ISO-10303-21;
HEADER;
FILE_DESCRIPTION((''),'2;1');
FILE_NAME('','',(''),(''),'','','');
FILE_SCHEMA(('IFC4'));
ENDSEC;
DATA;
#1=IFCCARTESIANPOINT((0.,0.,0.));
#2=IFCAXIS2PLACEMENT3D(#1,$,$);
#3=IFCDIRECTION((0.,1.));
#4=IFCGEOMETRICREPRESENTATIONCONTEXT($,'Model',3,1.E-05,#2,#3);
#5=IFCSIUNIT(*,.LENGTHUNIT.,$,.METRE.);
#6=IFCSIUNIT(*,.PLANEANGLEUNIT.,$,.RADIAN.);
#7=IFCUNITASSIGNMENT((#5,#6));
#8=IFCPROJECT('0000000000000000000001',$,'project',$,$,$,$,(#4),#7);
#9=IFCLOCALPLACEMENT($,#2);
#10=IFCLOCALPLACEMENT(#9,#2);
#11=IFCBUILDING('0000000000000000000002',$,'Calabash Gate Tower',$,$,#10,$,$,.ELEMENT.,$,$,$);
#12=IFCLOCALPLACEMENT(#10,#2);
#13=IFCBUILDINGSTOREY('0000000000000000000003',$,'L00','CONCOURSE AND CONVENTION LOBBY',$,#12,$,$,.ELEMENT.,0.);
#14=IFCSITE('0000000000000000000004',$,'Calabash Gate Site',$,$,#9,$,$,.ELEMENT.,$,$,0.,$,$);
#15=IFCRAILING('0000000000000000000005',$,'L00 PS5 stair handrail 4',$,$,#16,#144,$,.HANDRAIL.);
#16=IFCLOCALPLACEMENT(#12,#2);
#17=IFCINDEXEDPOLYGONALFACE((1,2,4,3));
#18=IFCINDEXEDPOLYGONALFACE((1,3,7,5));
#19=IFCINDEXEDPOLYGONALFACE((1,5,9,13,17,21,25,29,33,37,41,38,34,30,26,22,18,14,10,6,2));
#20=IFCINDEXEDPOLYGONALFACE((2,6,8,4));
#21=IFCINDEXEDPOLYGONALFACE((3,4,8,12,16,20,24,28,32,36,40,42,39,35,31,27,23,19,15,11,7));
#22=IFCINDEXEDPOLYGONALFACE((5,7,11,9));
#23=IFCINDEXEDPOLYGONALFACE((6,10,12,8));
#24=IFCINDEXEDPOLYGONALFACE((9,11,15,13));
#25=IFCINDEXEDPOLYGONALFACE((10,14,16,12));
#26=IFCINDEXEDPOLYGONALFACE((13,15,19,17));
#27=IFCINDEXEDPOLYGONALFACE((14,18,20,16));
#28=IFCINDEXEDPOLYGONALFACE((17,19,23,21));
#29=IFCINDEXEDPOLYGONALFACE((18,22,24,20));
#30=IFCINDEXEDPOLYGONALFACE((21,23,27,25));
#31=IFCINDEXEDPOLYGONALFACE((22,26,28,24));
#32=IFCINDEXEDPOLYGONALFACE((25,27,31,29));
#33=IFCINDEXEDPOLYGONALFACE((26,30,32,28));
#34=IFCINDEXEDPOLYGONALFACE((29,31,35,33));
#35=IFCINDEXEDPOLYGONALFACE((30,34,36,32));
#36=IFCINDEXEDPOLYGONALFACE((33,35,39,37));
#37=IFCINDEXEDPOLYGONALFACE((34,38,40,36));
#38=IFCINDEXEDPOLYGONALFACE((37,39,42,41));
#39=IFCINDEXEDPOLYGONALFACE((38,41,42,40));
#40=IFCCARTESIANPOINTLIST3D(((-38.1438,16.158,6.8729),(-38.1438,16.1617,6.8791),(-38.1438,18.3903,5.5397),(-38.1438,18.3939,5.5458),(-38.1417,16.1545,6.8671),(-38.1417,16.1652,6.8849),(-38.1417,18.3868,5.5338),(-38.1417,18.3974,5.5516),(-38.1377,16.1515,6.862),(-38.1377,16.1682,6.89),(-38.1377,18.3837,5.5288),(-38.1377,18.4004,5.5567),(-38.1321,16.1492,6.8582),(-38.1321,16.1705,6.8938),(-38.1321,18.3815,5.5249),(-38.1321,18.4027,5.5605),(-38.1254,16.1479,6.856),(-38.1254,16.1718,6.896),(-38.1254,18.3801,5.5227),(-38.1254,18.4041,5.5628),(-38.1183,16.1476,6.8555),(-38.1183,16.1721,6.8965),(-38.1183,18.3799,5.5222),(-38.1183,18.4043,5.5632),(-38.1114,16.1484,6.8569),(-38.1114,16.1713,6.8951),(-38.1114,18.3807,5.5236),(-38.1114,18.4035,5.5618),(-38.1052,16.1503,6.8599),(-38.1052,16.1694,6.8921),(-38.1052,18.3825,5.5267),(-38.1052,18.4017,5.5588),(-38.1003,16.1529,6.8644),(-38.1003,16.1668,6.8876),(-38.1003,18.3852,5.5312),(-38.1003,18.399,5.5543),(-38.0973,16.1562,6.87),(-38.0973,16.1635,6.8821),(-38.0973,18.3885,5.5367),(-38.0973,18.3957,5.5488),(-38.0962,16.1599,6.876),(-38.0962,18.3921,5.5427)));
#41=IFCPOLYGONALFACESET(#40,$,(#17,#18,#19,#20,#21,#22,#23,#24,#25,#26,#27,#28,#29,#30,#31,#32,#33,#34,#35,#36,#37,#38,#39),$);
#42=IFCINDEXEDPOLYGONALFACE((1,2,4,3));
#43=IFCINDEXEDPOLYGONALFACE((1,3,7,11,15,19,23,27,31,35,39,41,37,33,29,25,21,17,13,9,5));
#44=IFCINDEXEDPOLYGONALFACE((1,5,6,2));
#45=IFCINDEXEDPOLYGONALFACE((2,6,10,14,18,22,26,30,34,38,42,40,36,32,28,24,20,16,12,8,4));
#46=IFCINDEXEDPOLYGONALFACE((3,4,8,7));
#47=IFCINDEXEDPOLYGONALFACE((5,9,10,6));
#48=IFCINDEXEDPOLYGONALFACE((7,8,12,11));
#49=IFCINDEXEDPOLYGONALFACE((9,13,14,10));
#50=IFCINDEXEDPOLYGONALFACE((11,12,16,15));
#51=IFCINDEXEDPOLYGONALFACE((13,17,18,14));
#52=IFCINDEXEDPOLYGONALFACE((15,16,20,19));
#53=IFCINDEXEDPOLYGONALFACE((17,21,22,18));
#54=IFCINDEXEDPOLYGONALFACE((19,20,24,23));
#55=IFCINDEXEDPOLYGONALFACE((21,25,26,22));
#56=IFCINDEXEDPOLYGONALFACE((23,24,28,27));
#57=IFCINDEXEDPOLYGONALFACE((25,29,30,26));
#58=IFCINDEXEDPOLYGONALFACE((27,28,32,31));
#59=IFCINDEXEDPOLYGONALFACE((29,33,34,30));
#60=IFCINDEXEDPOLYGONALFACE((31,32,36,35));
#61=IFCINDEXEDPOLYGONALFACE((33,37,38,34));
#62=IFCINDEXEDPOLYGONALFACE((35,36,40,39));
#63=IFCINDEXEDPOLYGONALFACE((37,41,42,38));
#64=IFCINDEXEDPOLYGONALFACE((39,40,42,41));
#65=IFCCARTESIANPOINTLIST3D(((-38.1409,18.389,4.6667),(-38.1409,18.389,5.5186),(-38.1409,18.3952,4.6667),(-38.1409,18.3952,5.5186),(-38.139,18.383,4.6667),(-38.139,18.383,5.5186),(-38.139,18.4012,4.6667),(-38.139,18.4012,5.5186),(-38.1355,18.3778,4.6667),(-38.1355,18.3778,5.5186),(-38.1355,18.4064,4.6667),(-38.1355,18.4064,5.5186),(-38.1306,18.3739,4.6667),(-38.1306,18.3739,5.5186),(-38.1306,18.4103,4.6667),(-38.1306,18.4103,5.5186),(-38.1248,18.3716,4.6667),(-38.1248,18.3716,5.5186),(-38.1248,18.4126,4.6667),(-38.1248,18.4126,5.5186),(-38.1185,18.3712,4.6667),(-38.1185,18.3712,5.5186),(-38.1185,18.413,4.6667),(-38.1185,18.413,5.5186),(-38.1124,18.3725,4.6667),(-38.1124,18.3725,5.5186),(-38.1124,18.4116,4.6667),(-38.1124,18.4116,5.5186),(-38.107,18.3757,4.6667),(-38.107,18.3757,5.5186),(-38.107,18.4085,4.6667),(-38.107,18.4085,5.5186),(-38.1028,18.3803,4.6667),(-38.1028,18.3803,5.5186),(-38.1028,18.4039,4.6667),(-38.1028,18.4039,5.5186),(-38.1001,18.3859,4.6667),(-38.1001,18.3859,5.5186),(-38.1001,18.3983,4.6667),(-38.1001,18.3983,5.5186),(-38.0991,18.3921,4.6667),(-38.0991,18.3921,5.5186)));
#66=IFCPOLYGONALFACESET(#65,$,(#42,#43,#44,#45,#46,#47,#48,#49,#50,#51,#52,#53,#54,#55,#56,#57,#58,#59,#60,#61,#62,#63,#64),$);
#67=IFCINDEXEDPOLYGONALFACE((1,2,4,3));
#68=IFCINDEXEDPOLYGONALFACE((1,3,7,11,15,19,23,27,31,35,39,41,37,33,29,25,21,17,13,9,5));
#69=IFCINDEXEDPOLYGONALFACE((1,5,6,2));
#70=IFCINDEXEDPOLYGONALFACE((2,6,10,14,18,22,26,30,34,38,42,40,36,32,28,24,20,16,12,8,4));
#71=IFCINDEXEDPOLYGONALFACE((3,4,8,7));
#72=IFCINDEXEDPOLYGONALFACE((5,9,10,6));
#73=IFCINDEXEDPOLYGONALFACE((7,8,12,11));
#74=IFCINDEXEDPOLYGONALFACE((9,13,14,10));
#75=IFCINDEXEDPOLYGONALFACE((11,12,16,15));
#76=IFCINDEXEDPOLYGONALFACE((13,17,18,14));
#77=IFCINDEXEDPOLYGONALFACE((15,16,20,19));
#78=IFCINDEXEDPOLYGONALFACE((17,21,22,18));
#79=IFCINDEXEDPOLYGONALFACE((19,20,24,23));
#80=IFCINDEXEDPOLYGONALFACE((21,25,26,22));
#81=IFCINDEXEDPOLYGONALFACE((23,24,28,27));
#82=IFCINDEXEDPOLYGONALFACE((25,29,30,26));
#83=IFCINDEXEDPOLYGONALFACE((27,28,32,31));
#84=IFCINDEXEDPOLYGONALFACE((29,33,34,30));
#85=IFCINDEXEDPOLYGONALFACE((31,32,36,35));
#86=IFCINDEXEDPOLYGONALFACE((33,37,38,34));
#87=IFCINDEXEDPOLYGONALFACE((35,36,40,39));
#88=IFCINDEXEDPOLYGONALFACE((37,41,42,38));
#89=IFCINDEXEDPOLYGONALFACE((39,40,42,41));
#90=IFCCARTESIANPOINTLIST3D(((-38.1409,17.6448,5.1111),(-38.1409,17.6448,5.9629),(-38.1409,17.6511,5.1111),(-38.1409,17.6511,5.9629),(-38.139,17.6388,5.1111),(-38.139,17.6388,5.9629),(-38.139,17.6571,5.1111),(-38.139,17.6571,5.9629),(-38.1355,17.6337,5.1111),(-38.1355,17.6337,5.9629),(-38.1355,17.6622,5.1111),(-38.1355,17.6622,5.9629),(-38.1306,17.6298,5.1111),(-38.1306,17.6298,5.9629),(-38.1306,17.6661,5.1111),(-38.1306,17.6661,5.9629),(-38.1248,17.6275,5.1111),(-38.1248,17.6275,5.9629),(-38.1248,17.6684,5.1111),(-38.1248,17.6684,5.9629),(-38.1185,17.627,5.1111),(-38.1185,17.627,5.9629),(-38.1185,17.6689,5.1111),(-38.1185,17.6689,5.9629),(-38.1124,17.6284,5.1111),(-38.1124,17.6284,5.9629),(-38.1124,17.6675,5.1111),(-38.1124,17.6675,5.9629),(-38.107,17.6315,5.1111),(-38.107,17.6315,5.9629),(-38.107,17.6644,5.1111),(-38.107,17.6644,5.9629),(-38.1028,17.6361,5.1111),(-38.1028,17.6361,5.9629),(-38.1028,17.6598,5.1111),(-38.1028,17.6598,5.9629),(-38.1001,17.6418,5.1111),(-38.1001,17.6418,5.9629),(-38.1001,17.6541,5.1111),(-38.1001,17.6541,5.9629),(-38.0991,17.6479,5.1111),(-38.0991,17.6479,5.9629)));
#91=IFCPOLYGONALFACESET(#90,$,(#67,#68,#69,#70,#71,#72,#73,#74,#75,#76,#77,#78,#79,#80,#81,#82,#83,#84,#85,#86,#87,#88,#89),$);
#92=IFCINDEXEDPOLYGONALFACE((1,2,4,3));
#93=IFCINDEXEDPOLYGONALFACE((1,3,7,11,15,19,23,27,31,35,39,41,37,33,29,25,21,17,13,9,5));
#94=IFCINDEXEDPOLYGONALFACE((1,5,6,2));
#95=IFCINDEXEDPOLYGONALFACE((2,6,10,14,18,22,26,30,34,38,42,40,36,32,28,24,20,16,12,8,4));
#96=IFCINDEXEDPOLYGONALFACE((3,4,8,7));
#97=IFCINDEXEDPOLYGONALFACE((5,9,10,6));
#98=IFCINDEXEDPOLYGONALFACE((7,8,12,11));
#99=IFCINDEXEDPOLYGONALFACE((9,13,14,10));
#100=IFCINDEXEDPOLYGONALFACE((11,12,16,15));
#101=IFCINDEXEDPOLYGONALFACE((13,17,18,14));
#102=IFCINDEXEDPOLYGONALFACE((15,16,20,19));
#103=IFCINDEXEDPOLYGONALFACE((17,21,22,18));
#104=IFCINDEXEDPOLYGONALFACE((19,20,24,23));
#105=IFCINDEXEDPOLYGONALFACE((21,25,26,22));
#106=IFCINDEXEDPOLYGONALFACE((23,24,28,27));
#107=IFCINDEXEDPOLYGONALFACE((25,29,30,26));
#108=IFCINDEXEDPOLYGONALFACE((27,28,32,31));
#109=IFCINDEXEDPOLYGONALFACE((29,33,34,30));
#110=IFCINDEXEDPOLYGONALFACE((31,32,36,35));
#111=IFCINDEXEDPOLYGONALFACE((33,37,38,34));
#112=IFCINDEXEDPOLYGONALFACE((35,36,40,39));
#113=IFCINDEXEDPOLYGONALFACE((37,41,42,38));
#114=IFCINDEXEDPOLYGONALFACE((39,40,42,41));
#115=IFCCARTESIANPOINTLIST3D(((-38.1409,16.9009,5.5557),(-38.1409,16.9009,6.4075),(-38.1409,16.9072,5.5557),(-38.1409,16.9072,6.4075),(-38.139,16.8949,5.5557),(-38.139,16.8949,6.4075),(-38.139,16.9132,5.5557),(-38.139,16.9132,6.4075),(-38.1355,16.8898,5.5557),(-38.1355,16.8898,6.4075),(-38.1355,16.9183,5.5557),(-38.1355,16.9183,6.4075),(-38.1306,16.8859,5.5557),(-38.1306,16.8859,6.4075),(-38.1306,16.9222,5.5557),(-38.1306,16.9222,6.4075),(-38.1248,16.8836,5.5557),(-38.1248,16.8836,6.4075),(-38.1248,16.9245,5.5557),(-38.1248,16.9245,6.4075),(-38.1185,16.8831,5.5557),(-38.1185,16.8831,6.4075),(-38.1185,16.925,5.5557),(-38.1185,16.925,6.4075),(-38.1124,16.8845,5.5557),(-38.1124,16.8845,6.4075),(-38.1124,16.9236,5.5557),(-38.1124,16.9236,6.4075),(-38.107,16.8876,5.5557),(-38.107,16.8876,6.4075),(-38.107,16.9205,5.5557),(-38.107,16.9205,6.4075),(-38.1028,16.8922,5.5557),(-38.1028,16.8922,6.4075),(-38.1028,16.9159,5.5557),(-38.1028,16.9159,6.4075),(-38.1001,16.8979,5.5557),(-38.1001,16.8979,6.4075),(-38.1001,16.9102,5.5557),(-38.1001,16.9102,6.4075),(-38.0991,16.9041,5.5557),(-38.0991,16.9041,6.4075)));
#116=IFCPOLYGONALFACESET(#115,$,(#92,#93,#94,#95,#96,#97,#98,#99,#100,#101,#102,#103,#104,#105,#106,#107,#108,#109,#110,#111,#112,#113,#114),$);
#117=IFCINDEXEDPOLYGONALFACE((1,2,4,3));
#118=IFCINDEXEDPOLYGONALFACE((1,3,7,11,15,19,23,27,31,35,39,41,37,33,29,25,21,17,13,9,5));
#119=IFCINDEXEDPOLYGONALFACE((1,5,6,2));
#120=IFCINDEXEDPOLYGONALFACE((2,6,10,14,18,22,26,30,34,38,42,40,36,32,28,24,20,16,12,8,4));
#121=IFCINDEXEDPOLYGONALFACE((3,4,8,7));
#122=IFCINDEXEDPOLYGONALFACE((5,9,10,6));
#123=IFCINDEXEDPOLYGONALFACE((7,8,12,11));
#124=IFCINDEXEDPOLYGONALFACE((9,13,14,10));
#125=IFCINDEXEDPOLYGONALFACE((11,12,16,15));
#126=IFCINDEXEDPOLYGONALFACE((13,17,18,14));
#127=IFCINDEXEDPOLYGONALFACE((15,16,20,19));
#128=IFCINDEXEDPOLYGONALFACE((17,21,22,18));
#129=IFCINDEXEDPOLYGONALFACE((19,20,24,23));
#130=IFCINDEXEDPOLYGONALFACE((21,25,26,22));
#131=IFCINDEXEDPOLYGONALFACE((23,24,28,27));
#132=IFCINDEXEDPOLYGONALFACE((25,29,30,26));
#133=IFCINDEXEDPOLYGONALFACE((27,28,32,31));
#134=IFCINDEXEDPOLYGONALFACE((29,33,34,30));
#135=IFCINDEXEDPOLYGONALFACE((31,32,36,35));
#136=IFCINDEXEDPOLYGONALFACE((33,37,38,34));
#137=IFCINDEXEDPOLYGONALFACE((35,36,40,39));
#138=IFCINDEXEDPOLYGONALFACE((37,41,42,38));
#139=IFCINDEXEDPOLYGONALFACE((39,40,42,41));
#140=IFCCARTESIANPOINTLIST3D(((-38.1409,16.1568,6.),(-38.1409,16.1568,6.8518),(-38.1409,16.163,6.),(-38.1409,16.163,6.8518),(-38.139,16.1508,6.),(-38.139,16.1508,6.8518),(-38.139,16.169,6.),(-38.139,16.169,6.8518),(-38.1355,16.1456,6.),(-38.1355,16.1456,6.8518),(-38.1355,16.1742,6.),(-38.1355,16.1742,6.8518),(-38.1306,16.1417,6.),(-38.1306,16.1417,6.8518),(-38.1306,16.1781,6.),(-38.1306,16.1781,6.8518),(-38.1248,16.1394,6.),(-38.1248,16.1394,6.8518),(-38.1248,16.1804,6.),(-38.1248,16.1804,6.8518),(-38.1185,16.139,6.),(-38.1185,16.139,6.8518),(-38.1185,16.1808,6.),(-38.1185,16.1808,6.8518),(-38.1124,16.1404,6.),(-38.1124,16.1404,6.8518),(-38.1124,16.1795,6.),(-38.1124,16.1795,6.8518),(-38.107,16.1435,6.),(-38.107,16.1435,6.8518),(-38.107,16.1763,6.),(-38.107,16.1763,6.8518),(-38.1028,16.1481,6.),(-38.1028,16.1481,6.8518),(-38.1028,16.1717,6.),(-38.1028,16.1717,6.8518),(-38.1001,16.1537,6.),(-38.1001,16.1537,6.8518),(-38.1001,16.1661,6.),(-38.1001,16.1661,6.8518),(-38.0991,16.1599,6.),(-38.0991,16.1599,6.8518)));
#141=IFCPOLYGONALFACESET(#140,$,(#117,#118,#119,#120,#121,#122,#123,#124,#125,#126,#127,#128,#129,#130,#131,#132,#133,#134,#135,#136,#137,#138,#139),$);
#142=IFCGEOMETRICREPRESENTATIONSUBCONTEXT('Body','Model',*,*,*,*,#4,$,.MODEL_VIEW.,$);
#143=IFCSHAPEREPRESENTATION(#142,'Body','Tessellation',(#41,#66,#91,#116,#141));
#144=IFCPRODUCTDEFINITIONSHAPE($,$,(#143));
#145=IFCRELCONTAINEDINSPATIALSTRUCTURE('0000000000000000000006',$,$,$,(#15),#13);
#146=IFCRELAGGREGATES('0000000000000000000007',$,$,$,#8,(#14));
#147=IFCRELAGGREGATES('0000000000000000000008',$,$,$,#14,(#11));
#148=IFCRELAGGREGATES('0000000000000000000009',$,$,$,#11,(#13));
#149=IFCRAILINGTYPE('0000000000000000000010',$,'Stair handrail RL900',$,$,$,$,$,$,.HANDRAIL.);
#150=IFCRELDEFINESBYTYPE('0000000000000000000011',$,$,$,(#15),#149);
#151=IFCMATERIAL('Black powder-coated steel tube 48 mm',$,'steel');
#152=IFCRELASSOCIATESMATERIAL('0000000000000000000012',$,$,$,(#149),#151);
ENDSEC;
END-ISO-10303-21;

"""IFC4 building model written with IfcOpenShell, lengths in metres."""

from ifc_helpers import new_model, si_unit, direction, frame, origin, origin_2d, place, context, subcontext, project, spatial, circle, extrude, material, type_object, element, save


model = new_model("IFC4")

# Units and contexts
model_context = context("Model", 3, precision=1e-05, world=origin(), true_north=direction((0.0, 1.0)))
body_context = subcontext(model_context, "Body", "Model", "MODEL_VIEW")
ifc_project = project(units=[si_unit("LENGTHUNIT", "METRE"), si_unit("PLANEANGLEUNIT", "RADIAN")], contexts=[model_context])

# Site, building, storey
site_placement = place(None, origin())
site = spatial("IfcSite", under=ifc_project, at=site_placement, Name="Calabash Gate Site", CompositionType="ELEMENT", RefElevation=0.0)
building_placement = place(site_placement, origin())
building = spatial("IfcBuilding", under=site, at=building_placement, Name="Calabash Gate Tower", CompositionType="ELEMENT")
storey_placement = place(building_placement, origin())
storey = spatial("IfcBuildingStorey", under=building, at=storey_placement, Name="L00", Description="CONCOURSE AND CONVENTION LOBBY", CompositionType="ELEMENT", Elevation=0.0)

# Railing
ifc_material_1 = material(Name="Black powder-coated steel tube 48 mm", Category="steel")
railing_type_1 = type_object("IfcRailingType", Name="Stair handrail RL900", PredefinedType="HANDRAIL", material=ifc_material_1)
for number, where, name in (
    (1, (-38.1201, 18.3921, 4.6667), "L00 PS5 stair handrail 4"),
):
    element("IfcRailing", number, at=place(storey_placement, frame(where)), inside=storey, type_object=railing_type_1, Name=name, PredefinedType="HANDRAIL", context=body_context, shape_type="SweptSolid", body=[
        extrude(circle(Radius=0.0239, at=origin_2d()), frame((0.0, 0.0, 0.876), z_axis=(0.0, -0.858519, 0.512782), x_axis=(1.0, 0.0, 0.0)), (0.0, 0.0, 1.0), 2.6001),
        extrude(circle(Radius=0.021, at=origin_2d()), origin(), (0.0, 0.0, 1.0), 0.8518),
        extrude(circle(Radius=0.021, at=origin_2d()), frame((0.0, -0.7441, 0.4443)), (0.0, 0.0, 1.0), 0.8518),
        extrude(circle(Radius=0.021, at=origin_2d()), frame((0.0, -1.488, 0.8889)), (0.0, 0.0, 1.0), 0.8518),
        extrude(circle(Radius=0.021, at=origin_2d()), frame((0.0, -2.2322, 1.3333)), (0.0, 0.0, 1.0), 0.8518),
    ])

save(model, "model.ifc")
